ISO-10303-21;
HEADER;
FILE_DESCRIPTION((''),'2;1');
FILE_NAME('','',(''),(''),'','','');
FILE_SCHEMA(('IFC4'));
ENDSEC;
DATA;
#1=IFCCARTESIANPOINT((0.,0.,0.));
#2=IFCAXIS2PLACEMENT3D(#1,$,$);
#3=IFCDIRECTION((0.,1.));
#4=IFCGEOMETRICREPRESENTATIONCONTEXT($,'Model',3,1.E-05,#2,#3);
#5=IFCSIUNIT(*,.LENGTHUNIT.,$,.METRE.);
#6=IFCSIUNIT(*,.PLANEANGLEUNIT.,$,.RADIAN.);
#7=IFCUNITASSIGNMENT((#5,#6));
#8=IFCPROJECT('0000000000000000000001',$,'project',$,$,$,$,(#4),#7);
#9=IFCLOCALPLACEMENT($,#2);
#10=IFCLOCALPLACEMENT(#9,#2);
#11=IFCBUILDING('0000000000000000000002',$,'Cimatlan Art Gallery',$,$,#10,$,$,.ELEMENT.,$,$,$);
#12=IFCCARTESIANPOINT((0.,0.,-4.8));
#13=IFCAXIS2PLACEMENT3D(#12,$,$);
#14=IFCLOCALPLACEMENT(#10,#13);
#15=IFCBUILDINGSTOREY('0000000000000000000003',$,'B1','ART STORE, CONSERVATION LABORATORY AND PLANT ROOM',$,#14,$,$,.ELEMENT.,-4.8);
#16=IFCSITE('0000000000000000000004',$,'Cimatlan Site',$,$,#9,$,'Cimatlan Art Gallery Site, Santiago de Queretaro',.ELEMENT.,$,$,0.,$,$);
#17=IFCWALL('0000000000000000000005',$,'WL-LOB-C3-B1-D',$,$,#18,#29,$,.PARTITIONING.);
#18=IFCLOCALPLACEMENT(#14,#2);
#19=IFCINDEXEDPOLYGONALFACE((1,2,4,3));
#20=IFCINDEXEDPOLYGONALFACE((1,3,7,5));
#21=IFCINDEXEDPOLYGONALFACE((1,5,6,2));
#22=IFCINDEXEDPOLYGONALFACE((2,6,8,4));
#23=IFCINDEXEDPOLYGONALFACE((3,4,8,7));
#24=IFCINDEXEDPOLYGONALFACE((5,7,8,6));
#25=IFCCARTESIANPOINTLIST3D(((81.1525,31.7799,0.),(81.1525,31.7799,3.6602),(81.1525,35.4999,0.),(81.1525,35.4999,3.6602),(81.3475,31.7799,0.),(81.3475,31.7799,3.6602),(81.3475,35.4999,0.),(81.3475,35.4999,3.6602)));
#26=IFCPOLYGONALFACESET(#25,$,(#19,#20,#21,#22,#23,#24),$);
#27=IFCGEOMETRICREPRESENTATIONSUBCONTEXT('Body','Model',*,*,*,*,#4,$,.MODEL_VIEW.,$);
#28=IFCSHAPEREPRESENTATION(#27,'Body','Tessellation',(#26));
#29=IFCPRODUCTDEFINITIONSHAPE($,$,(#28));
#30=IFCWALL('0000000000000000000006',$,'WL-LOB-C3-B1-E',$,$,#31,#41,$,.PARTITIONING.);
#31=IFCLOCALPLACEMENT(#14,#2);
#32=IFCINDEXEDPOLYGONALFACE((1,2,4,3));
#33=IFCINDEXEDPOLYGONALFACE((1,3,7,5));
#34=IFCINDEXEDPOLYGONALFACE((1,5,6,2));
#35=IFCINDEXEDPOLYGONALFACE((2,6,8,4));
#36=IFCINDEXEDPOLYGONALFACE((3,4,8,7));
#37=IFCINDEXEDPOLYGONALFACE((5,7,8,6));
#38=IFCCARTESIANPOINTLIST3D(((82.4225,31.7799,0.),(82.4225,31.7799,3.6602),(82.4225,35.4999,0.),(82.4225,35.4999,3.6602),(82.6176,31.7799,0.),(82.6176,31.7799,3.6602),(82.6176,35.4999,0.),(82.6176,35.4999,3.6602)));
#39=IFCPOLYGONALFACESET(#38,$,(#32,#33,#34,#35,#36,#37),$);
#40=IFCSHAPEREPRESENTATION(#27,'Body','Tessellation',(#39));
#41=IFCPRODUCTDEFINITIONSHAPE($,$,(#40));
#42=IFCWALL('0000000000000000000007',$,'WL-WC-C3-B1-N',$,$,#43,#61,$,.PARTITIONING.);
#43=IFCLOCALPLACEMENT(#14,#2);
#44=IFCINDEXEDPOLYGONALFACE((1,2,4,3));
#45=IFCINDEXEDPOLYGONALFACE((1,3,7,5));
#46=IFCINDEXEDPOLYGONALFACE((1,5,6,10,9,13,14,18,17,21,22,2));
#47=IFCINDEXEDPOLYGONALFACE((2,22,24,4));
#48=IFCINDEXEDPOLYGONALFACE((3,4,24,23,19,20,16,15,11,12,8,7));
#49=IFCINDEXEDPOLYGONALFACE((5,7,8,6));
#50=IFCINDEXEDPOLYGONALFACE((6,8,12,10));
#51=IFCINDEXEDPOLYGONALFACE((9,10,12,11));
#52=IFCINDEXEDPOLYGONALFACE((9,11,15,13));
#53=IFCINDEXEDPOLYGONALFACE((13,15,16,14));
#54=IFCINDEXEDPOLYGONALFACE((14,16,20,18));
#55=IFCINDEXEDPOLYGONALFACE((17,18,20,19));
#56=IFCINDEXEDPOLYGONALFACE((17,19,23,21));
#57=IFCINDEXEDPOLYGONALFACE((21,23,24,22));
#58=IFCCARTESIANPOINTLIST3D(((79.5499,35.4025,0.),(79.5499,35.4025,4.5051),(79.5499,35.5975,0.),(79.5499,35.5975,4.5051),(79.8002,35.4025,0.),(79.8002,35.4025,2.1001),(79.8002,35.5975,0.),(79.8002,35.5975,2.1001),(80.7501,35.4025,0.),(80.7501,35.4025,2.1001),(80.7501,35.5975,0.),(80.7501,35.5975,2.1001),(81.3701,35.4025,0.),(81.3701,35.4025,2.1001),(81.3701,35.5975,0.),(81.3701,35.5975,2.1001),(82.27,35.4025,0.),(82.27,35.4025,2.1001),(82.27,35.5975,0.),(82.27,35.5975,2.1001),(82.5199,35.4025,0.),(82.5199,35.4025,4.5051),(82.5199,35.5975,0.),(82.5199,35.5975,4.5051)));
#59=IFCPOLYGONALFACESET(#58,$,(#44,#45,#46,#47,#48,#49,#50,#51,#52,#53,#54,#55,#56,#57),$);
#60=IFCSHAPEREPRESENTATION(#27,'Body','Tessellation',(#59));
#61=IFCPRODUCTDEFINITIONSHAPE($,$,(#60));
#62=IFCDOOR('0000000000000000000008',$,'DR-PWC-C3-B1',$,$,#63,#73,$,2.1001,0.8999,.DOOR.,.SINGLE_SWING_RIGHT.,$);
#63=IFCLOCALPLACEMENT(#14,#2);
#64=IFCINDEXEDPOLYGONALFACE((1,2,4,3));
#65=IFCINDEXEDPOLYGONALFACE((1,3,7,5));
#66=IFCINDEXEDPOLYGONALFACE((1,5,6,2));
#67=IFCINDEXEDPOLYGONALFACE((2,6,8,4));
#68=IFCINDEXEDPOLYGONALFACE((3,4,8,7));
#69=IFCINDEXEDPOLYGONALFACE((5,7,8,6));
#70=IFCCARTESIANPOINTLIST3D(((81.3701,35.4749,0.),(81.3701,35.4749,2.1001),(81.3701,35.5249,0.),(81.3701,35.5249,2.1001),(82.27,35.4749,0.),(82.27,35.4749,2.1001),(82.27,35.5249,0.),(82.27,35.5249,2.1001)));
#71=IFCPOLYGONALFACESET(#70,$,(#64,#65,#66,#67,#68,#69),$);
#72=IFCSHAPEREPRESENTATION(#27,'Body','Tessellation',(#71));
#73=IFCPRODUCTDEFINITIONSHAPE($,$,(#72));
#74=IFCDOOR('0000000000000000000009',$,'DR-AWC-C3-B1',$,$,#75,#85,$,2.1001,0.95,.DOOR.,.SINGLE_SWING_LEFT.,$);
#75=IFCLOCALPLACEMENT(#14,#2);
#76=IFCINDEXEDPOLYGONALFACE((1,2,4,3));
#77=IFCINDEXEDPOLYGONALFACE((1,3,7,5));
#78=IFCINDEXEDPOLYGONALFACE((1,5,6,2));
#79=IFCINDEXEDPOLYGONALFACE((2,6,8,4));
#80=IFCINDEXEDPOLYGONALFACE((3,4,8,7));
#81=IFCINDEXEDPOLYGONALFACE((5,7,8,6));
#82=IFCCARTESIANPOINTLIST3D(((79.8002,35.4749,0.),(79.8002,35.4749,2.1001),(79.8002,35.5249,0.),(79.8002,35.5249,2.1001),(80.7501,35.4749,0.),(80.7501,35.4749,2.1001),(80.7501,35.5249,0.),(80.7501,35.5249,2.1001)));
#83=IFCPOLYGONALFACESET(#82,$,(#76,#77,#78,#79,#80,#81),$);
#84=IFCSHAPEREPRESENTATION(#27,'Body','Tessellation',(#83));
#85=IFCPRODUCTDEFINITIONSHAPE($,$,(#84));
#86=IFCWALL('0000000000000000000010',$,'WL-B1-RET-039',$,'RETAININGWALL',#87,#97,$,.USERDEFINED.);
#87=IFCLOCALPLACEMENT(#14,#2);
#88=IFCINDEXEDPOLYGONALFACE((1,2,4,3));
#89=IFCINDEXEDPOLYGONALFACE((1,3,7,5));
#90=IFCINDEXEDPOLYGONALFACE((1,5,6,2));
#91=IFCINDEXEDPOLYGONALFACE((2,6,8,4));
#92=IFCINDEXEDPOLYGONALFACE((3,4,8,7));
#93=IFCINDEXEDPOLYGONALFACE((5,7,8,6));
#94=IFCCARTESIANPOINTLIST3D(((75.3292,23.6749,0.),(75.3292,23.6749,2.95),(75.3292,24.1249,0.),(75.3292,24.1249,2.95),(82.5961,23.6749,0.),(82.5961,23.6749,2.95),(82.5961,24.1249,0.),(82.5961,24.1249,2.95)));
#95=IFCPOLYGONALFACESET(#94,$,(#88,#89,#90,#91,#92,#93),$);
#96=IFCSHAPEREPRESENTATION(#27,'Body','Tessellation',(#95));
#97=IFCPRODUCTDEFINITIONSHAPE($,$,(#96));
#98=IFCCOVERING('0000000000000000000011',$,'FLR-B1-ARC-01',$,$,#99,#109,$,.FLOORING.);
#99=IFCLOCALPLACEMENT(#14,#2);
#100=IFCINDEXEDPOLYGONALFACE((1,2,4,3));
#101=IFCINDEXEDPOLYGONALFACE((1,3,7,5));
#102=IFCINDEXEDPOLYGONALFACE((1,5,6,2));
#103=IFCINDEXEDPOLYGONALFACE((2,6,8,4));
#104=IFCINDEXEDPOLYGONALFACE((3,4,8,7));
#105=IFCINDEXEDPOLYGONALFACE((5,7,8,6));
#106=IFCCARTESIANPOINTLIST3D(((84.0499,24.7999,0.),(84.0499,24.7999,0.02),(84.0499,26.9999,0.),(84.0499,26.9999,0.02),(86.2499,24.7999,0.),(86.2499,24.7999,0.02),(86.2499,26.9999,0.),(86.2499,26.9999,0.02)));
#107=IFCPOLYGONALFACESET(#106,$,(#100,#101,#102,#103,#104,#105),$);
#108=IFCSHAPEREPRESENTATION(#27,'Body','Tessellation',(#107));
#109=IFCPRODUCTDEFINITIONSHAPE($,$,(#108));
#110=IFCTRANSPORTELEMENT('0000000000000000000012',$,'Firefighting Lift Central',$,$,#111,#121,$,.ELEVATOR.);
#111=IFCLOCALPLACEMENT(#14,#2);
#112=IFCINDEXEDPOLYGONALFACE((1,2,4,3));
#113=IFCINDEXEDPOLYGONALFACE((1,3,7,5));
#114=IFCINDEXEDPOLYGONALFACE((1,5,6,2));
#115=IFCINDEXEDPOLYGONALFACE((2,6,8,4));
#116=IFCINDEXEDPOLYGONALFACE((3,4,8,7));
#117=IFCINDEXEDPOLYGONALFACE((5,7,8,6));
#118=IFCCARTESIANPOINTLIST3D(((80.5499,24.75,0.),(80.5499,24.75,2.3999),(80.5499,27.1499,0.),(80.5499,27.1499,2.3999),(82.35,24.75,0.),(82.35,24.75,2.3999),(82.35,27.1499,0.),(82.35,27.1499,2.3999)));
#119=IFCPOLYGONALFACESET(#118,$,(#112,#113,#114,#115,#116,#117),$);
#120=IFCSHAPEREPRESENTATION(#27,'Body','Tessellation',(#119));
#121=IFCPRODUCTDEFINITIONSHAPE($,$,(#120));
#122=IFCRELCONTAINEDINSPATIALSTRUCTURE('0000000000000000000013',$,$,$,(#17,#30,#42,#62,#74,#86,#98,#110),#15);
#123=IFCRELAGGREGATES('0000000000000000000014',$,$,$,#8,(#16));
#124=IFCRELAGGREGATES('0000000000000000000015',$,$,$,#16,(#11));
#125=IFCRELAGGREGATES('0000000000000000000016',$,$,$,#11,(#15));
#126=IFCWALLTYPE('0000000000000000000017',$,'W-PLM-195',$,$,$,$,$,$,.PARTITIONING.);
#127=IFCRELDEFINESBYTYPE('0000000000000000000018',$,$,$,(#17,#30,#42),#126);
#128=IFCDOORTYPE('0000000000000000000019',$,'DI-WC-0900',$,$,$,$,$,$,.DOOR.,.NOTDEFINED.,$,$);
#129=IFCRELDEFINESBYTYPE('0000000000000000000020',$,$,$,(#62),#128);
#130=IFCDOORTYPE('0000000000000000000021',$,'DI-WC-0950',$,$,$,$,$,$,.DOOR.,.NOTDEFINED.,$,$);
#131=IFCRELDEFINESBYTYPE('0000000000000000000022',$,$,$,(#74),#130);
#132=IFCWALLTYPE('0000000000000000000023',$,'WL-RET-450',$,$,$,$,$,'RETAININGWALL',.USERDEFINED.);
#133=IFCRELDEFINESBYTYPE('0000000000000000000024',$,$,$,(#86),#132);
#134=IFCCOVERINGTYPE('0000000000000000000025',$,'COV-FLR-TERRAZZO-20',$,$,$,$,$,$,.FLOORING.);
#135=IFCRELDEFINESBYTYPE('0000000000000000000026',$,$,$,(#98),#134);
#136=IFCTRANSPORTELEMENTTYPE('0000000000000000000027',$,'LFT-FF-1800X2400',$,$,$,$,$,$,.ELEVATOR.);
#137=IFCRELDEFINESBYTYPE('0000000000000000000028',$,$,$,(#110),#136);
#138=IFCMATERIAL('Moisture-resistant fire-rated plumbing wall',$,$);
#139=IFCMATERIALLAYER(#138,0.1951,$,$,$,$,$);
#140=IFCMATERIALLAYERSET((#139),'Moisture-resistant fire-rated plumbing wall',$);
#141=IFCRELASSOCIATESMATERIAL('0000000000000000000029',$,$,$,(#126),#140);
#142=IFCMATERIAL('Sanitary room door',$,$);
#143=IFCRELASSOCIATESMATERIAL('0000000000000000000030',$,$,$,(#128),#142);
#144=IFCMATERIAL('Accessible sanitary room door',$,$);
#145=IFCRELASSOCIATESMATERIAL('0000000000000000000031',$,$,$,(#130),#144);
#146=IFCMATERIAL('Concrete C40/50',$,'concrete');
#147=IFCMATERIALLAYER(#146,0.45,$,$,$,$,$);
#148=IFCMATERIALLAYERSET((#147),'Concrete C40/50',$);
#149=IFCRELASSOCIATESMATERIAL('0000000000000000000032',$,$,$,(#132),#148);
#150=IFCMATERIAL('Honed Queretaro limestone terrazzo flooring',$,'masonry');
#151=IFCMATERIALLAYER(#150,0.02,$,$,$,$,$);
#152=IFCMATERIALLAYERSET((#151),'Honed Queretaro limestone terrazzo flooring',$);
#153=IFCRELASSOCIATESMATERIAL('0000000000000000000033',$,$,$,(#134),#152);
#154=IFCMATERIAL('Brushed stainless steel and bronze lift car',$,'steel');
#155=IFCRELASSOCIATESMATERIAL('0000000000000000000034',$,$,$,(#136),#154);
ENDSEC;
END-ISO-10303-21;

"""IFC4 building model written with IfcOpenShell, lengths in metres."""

from ifc_helpers import new_model, si_unit, direction, frame, frame_2d, origin, origin_2d, place, context, subcontext, project, spatial, rectangle, extrude, material, layer, layer_set, type_object, element, fill, save


model = new_model("IFC4")

# Units and contexts
model_context = context("Model", 3, precision=1e-05, world=origin(), true_north=direction((0.0, 1.0)))
body_context = subcontext(model_context, "Body", "Model", "MODEL_VIEW")
ifc_project = project(units=[si_unit("LENGTHUNIT", "METRE"), si_unit("PLANEANGLEUNIT", "RADIAN")], contexts=[model_context])

# Site, building, storey
site_placement = place(None, origin())
site = spatial("IfcSite", under=ifc_project, at=site_placement, Name="Cimatlan Site", LongName="Cimatlan Art Gallery Site, Santiago de Queretaro", CompositionType="ELEMENT", RefElevation=0.0)
building_placement = place(site_placement, origin())
building = spatial("IfcBuilding", under=site, at=building_placement, Name="Cimatlan Art Gallery", CompositionType="ELEMENT")
storey_placement = place(building_placement, frame((0.0, 0.0, -4.8)))
storey = spatial("IfcBuildingStorey", under=building, at=storey_placement, Name="B1", Description="ART STORE, CONSERVATION LABORATORY AND PLANT ROOM", CompositionType="ELEMENT", Elevation=-4.8)

# Shared definitions
ifc_material_1 = material(Name="Concrete C40/50", Category="concrete")

# Walls
ifc_material_2 = material(Name="Moisture-resistant fire-rated plumbing wall")
ifc_layer_1 = layer(ifc_material_2, 0.1951)
ifc_layer_set_1 = layer_set([ifc_layer_1], Name="Moisture-resistant fire-rated plumbing wall")
wall_type_1 = type_object("IfcWallType", Name="W-PLM-195", PredefinedType="PARTITIONING", material=ifc_layer_set_1)
for number, where, z_axis, x_axis, name in (
    (1, (81.25, 31.78, 0.0), (0.0, 0.0, 1.0), (0.0, 1.0, 0.0), "WL-LOB-C3-B1-D"),
    (2, (82.52, 31.78, 0.0), (0.0, 0.0, 1.0), (0.0, 1.0, 0.0), "WL-LOB-C3-B1-E"),
):
    element("IfcWall", number, at=place(storey_placement, frame(where, z_axis=z_axis, x_axis=x_axis)), inside=storey, type_object=wall_type_1, Name=name, PredefinedType="PARTITIONING", context=body_context, shape_type="SweptSolid", body=[
        extrude(rectangle(XDim=3.72, YDim=0.1951, at=frame_2d((1.8599, 0.0))), origin(), (0.0, 0.0, 1.0), 3.6602),
    ])

# Wall, openings, doors
wall_1_placement = place(storey_placement, frame((79.55, 35.5, 0.0), z_axis=(0.0, 0.0, 1.0), x_axis=(1.0, 0.0, 0.0)))
wall_1 = element("IfcWall", 3, at=wall_1_placement, inside=storey, type_object=wall_type_1, Name="WL-WC-C3-B1-N", PredefinedType="PARTITIONING", context=body_context, shape_type="SweptSolid", body=[
    extrude(rectangle(XDim=2.97, YDim=0.1951, at=frame_2d((1.4849, 0.0))), origin(), (0.0, 0.0, 1.0), 4.5051),
])
opening_1_placement = place(wall_1_placement, frame((0.25, 0.0, 0.0)))
opening_1 = element("IfcOpeningElement", 4, at=opening_1_placement, cuts=wall_1, PredefinedType="OPENING", context=body_context, shape_type="SweptSolid", body=[
    extrude(rectangle(XDim=0.95, YDim=2.1001, at=frame_2d((0.4751, 1.05))), frame((0.0, 0.1074, 0.0), z_axis=(0.0, -1.0, 0.0), x_axis=(1.0, 0.0, 0.0)), (0.0, 0.0, 1.0), 0.2151),
])
opening_2_placement = place(wall_1_placement, frame((1.8201, 0.0, 0.0)))
opening_2 = element("IfcOpeningElement", 5, at=opening_2_placement, cuts=wall_1, PredefinedType="OPENING", context=body_context, shape_type="SweptSolid", body=[
    extrude(rectangle(XDim=0.8999, YDim=2.1001, at=frame_2d((0.45, 1.05))), frame((0.0, 0.1074, 0.0), z_axis=(0.0, -1.0, 0.0), x_axis=(1.0, 0.0, 0.0)), (0.0, 0.0, 1.0), 0.2151),
])
ifc_material_3 = material(Name="Sanitary room door")
door_type_1 = type_object("IfcDoorType", Name="DI-WC-0900", OperationType="NOTDEFINED", PredefinedType="DOOR", material=ifc_material_3)
door_1_placement = place(opening_2_placement, origin())
door_1 = element("IfcDoor", 6, at=door_1_placement, inside=storey, type_object=door_type_1, Name="DR-PWC-C3-B1", OperationType="SINGLE_SWING_RIGHT", OverallHeight=2.1001, OverallWidth=0.8999, PredefinedType="DOOR", context=body_context, shape_type="SweptSolid", body=[
    extrude(rectangle(XDim=0.8999, YDim=2.1001, at=frame_2d((0.45, 1.05))), frame((0.0, 0.0249, 0.0), z_axis=(0.0, -1.0, 0.0), x_axis=(1.0, 0.0, 0.0)), (0.0, 0.0, 1.0), 0.05),
])
fill(opening_2, door_1)
ifc_material_4 = material(Name="Accessible sanitary room door")
door_type_2 = type_object("IfcDoorType", Name="DI-WC-0950", OperationType="NOTDEFINED", PredefinedType="DOOR", material=ifc_material_4)
door_2_placement = place(opening_1_placement, origin())
door_2 = element("IfcDoor", 7, at=door_2_placement, inside=storey, type_object=door_type_2, Name="DR-AWC-C3-B1", OperationType="SINGLE_SWING_LEFT", OverallHeight=2.1001, OverallWidth=0.95, PredefinedType="DOOR", context=body_context, shape_type="SweptSolid", body=[
    extrude(rectangle(XDim=0.95, YDim=2.1001, at=frame_2d((0.4751, 1.05))), frame((0.0, 0.0249, 0.0), z_axis=(0.0, -1.0, 0.0), x_axis=(1.0, 0.0, 0.0)), (0.0, 0.0, 1.0), 0.05),
])
fill(opening_1, door_2)

# Wall
ifc_layer_2 = layer(ifc_material_1, 0.45)
ifc_layer_set_2 = layer_set([ifc_layer_2], Name="Concrete C40/50")
wall_type_2 = type_object("IfcWallType", Name="WL-RET-450", ElementType="RETAININGWALL", PredefinedType="USERDEFINED", material=ifc_layer_set_2)
wall_2_placement = place(storey_placement, frame((82.5959, 23.8999, 0.0), z_axis=(0.0, 0.0, 1.0), x_axis=(-1.0, 0.0, 0.0)))
element("IfcWall", 8, at=wall_2_placement, inside=storey, type_object=wall_type_2, Name="WL-B1-RET-039", ObjectType="RETAININGWALL", PredefinedType="USERDEFINED", context=body_context, shape_type="SweptSolid", body=[
    extrude(rectangle(XDim=7.2668, YDim=0.45, at=frame_2d((3.6333, 0.0))), origin(), (0.0, 0.0, 1.0), 2.95),
])

# Covering
ifc_material_5 = material(Name="Honed Queretaro limestone terrazzo flooring", Category="masonry")
ifc_layer_3 = layer(ifc_material_5, 0.02)
ifc_layer_set_3 = layer_set([ifc_layer_3], Name="Honed Queretaro limestone terrazzo flooring")
covering_type = type_object("IfcCoveringType", Name="COV-FLR-TERRAZZO-20", PredefinedType="FLOORING", material=ifc_layer_set_3)
covering_placement = place(storey_placement, frame((85.1499, 25.8999, 0.0), z_axis=(0.0, 0.0, 1.0), x_axis=(1.0, 0.0, 0.0)))
element("IfcCovering", 9, at=covering_placement, inside=storey, type_object=covering_type, Name="FLR-B1-ARC-01", PredefinedType="FLOORING", context=body_context, shape_type="SweptSolid", body=[
    extrude(rectangle(XDim=2.2, YDim=2.2, at=origin_2d()), origin(), (0.0, 0.0, 1.0), 0.02),
])

# Transport element
ifc_material_6 = material(Name="Brushed stainless steel and bronze lift car", Category="steel")
transport_element_type = type_object("IfcTransportElementType", Name="LFT-FF-1800X2400", PredefinedType="ELEVATOR", material=ifc_material_6)
transport_element_placement = place(storey_placement, frame((81.45, 25.95, 0.0), z_axis=(0.0, 0.0, 1.0), x_axis=(1.0, 0.0, 0.0)))
element("IfcTransportElement", 10, at=transport_element_placement, inside=storey, type_object=transport_element_type, Name="Firefighting Lift Central", PredefinedType="ELEVATOR", context=body_context, shape_type="SweptSolid", body=[
    extrude(rectangle(XDim=1.8, YDim=2.3999, at=origin_2d()), origin(), (0.0, 0.0, 1.0), 2.3999),
])

save(model, "model.ifc")
